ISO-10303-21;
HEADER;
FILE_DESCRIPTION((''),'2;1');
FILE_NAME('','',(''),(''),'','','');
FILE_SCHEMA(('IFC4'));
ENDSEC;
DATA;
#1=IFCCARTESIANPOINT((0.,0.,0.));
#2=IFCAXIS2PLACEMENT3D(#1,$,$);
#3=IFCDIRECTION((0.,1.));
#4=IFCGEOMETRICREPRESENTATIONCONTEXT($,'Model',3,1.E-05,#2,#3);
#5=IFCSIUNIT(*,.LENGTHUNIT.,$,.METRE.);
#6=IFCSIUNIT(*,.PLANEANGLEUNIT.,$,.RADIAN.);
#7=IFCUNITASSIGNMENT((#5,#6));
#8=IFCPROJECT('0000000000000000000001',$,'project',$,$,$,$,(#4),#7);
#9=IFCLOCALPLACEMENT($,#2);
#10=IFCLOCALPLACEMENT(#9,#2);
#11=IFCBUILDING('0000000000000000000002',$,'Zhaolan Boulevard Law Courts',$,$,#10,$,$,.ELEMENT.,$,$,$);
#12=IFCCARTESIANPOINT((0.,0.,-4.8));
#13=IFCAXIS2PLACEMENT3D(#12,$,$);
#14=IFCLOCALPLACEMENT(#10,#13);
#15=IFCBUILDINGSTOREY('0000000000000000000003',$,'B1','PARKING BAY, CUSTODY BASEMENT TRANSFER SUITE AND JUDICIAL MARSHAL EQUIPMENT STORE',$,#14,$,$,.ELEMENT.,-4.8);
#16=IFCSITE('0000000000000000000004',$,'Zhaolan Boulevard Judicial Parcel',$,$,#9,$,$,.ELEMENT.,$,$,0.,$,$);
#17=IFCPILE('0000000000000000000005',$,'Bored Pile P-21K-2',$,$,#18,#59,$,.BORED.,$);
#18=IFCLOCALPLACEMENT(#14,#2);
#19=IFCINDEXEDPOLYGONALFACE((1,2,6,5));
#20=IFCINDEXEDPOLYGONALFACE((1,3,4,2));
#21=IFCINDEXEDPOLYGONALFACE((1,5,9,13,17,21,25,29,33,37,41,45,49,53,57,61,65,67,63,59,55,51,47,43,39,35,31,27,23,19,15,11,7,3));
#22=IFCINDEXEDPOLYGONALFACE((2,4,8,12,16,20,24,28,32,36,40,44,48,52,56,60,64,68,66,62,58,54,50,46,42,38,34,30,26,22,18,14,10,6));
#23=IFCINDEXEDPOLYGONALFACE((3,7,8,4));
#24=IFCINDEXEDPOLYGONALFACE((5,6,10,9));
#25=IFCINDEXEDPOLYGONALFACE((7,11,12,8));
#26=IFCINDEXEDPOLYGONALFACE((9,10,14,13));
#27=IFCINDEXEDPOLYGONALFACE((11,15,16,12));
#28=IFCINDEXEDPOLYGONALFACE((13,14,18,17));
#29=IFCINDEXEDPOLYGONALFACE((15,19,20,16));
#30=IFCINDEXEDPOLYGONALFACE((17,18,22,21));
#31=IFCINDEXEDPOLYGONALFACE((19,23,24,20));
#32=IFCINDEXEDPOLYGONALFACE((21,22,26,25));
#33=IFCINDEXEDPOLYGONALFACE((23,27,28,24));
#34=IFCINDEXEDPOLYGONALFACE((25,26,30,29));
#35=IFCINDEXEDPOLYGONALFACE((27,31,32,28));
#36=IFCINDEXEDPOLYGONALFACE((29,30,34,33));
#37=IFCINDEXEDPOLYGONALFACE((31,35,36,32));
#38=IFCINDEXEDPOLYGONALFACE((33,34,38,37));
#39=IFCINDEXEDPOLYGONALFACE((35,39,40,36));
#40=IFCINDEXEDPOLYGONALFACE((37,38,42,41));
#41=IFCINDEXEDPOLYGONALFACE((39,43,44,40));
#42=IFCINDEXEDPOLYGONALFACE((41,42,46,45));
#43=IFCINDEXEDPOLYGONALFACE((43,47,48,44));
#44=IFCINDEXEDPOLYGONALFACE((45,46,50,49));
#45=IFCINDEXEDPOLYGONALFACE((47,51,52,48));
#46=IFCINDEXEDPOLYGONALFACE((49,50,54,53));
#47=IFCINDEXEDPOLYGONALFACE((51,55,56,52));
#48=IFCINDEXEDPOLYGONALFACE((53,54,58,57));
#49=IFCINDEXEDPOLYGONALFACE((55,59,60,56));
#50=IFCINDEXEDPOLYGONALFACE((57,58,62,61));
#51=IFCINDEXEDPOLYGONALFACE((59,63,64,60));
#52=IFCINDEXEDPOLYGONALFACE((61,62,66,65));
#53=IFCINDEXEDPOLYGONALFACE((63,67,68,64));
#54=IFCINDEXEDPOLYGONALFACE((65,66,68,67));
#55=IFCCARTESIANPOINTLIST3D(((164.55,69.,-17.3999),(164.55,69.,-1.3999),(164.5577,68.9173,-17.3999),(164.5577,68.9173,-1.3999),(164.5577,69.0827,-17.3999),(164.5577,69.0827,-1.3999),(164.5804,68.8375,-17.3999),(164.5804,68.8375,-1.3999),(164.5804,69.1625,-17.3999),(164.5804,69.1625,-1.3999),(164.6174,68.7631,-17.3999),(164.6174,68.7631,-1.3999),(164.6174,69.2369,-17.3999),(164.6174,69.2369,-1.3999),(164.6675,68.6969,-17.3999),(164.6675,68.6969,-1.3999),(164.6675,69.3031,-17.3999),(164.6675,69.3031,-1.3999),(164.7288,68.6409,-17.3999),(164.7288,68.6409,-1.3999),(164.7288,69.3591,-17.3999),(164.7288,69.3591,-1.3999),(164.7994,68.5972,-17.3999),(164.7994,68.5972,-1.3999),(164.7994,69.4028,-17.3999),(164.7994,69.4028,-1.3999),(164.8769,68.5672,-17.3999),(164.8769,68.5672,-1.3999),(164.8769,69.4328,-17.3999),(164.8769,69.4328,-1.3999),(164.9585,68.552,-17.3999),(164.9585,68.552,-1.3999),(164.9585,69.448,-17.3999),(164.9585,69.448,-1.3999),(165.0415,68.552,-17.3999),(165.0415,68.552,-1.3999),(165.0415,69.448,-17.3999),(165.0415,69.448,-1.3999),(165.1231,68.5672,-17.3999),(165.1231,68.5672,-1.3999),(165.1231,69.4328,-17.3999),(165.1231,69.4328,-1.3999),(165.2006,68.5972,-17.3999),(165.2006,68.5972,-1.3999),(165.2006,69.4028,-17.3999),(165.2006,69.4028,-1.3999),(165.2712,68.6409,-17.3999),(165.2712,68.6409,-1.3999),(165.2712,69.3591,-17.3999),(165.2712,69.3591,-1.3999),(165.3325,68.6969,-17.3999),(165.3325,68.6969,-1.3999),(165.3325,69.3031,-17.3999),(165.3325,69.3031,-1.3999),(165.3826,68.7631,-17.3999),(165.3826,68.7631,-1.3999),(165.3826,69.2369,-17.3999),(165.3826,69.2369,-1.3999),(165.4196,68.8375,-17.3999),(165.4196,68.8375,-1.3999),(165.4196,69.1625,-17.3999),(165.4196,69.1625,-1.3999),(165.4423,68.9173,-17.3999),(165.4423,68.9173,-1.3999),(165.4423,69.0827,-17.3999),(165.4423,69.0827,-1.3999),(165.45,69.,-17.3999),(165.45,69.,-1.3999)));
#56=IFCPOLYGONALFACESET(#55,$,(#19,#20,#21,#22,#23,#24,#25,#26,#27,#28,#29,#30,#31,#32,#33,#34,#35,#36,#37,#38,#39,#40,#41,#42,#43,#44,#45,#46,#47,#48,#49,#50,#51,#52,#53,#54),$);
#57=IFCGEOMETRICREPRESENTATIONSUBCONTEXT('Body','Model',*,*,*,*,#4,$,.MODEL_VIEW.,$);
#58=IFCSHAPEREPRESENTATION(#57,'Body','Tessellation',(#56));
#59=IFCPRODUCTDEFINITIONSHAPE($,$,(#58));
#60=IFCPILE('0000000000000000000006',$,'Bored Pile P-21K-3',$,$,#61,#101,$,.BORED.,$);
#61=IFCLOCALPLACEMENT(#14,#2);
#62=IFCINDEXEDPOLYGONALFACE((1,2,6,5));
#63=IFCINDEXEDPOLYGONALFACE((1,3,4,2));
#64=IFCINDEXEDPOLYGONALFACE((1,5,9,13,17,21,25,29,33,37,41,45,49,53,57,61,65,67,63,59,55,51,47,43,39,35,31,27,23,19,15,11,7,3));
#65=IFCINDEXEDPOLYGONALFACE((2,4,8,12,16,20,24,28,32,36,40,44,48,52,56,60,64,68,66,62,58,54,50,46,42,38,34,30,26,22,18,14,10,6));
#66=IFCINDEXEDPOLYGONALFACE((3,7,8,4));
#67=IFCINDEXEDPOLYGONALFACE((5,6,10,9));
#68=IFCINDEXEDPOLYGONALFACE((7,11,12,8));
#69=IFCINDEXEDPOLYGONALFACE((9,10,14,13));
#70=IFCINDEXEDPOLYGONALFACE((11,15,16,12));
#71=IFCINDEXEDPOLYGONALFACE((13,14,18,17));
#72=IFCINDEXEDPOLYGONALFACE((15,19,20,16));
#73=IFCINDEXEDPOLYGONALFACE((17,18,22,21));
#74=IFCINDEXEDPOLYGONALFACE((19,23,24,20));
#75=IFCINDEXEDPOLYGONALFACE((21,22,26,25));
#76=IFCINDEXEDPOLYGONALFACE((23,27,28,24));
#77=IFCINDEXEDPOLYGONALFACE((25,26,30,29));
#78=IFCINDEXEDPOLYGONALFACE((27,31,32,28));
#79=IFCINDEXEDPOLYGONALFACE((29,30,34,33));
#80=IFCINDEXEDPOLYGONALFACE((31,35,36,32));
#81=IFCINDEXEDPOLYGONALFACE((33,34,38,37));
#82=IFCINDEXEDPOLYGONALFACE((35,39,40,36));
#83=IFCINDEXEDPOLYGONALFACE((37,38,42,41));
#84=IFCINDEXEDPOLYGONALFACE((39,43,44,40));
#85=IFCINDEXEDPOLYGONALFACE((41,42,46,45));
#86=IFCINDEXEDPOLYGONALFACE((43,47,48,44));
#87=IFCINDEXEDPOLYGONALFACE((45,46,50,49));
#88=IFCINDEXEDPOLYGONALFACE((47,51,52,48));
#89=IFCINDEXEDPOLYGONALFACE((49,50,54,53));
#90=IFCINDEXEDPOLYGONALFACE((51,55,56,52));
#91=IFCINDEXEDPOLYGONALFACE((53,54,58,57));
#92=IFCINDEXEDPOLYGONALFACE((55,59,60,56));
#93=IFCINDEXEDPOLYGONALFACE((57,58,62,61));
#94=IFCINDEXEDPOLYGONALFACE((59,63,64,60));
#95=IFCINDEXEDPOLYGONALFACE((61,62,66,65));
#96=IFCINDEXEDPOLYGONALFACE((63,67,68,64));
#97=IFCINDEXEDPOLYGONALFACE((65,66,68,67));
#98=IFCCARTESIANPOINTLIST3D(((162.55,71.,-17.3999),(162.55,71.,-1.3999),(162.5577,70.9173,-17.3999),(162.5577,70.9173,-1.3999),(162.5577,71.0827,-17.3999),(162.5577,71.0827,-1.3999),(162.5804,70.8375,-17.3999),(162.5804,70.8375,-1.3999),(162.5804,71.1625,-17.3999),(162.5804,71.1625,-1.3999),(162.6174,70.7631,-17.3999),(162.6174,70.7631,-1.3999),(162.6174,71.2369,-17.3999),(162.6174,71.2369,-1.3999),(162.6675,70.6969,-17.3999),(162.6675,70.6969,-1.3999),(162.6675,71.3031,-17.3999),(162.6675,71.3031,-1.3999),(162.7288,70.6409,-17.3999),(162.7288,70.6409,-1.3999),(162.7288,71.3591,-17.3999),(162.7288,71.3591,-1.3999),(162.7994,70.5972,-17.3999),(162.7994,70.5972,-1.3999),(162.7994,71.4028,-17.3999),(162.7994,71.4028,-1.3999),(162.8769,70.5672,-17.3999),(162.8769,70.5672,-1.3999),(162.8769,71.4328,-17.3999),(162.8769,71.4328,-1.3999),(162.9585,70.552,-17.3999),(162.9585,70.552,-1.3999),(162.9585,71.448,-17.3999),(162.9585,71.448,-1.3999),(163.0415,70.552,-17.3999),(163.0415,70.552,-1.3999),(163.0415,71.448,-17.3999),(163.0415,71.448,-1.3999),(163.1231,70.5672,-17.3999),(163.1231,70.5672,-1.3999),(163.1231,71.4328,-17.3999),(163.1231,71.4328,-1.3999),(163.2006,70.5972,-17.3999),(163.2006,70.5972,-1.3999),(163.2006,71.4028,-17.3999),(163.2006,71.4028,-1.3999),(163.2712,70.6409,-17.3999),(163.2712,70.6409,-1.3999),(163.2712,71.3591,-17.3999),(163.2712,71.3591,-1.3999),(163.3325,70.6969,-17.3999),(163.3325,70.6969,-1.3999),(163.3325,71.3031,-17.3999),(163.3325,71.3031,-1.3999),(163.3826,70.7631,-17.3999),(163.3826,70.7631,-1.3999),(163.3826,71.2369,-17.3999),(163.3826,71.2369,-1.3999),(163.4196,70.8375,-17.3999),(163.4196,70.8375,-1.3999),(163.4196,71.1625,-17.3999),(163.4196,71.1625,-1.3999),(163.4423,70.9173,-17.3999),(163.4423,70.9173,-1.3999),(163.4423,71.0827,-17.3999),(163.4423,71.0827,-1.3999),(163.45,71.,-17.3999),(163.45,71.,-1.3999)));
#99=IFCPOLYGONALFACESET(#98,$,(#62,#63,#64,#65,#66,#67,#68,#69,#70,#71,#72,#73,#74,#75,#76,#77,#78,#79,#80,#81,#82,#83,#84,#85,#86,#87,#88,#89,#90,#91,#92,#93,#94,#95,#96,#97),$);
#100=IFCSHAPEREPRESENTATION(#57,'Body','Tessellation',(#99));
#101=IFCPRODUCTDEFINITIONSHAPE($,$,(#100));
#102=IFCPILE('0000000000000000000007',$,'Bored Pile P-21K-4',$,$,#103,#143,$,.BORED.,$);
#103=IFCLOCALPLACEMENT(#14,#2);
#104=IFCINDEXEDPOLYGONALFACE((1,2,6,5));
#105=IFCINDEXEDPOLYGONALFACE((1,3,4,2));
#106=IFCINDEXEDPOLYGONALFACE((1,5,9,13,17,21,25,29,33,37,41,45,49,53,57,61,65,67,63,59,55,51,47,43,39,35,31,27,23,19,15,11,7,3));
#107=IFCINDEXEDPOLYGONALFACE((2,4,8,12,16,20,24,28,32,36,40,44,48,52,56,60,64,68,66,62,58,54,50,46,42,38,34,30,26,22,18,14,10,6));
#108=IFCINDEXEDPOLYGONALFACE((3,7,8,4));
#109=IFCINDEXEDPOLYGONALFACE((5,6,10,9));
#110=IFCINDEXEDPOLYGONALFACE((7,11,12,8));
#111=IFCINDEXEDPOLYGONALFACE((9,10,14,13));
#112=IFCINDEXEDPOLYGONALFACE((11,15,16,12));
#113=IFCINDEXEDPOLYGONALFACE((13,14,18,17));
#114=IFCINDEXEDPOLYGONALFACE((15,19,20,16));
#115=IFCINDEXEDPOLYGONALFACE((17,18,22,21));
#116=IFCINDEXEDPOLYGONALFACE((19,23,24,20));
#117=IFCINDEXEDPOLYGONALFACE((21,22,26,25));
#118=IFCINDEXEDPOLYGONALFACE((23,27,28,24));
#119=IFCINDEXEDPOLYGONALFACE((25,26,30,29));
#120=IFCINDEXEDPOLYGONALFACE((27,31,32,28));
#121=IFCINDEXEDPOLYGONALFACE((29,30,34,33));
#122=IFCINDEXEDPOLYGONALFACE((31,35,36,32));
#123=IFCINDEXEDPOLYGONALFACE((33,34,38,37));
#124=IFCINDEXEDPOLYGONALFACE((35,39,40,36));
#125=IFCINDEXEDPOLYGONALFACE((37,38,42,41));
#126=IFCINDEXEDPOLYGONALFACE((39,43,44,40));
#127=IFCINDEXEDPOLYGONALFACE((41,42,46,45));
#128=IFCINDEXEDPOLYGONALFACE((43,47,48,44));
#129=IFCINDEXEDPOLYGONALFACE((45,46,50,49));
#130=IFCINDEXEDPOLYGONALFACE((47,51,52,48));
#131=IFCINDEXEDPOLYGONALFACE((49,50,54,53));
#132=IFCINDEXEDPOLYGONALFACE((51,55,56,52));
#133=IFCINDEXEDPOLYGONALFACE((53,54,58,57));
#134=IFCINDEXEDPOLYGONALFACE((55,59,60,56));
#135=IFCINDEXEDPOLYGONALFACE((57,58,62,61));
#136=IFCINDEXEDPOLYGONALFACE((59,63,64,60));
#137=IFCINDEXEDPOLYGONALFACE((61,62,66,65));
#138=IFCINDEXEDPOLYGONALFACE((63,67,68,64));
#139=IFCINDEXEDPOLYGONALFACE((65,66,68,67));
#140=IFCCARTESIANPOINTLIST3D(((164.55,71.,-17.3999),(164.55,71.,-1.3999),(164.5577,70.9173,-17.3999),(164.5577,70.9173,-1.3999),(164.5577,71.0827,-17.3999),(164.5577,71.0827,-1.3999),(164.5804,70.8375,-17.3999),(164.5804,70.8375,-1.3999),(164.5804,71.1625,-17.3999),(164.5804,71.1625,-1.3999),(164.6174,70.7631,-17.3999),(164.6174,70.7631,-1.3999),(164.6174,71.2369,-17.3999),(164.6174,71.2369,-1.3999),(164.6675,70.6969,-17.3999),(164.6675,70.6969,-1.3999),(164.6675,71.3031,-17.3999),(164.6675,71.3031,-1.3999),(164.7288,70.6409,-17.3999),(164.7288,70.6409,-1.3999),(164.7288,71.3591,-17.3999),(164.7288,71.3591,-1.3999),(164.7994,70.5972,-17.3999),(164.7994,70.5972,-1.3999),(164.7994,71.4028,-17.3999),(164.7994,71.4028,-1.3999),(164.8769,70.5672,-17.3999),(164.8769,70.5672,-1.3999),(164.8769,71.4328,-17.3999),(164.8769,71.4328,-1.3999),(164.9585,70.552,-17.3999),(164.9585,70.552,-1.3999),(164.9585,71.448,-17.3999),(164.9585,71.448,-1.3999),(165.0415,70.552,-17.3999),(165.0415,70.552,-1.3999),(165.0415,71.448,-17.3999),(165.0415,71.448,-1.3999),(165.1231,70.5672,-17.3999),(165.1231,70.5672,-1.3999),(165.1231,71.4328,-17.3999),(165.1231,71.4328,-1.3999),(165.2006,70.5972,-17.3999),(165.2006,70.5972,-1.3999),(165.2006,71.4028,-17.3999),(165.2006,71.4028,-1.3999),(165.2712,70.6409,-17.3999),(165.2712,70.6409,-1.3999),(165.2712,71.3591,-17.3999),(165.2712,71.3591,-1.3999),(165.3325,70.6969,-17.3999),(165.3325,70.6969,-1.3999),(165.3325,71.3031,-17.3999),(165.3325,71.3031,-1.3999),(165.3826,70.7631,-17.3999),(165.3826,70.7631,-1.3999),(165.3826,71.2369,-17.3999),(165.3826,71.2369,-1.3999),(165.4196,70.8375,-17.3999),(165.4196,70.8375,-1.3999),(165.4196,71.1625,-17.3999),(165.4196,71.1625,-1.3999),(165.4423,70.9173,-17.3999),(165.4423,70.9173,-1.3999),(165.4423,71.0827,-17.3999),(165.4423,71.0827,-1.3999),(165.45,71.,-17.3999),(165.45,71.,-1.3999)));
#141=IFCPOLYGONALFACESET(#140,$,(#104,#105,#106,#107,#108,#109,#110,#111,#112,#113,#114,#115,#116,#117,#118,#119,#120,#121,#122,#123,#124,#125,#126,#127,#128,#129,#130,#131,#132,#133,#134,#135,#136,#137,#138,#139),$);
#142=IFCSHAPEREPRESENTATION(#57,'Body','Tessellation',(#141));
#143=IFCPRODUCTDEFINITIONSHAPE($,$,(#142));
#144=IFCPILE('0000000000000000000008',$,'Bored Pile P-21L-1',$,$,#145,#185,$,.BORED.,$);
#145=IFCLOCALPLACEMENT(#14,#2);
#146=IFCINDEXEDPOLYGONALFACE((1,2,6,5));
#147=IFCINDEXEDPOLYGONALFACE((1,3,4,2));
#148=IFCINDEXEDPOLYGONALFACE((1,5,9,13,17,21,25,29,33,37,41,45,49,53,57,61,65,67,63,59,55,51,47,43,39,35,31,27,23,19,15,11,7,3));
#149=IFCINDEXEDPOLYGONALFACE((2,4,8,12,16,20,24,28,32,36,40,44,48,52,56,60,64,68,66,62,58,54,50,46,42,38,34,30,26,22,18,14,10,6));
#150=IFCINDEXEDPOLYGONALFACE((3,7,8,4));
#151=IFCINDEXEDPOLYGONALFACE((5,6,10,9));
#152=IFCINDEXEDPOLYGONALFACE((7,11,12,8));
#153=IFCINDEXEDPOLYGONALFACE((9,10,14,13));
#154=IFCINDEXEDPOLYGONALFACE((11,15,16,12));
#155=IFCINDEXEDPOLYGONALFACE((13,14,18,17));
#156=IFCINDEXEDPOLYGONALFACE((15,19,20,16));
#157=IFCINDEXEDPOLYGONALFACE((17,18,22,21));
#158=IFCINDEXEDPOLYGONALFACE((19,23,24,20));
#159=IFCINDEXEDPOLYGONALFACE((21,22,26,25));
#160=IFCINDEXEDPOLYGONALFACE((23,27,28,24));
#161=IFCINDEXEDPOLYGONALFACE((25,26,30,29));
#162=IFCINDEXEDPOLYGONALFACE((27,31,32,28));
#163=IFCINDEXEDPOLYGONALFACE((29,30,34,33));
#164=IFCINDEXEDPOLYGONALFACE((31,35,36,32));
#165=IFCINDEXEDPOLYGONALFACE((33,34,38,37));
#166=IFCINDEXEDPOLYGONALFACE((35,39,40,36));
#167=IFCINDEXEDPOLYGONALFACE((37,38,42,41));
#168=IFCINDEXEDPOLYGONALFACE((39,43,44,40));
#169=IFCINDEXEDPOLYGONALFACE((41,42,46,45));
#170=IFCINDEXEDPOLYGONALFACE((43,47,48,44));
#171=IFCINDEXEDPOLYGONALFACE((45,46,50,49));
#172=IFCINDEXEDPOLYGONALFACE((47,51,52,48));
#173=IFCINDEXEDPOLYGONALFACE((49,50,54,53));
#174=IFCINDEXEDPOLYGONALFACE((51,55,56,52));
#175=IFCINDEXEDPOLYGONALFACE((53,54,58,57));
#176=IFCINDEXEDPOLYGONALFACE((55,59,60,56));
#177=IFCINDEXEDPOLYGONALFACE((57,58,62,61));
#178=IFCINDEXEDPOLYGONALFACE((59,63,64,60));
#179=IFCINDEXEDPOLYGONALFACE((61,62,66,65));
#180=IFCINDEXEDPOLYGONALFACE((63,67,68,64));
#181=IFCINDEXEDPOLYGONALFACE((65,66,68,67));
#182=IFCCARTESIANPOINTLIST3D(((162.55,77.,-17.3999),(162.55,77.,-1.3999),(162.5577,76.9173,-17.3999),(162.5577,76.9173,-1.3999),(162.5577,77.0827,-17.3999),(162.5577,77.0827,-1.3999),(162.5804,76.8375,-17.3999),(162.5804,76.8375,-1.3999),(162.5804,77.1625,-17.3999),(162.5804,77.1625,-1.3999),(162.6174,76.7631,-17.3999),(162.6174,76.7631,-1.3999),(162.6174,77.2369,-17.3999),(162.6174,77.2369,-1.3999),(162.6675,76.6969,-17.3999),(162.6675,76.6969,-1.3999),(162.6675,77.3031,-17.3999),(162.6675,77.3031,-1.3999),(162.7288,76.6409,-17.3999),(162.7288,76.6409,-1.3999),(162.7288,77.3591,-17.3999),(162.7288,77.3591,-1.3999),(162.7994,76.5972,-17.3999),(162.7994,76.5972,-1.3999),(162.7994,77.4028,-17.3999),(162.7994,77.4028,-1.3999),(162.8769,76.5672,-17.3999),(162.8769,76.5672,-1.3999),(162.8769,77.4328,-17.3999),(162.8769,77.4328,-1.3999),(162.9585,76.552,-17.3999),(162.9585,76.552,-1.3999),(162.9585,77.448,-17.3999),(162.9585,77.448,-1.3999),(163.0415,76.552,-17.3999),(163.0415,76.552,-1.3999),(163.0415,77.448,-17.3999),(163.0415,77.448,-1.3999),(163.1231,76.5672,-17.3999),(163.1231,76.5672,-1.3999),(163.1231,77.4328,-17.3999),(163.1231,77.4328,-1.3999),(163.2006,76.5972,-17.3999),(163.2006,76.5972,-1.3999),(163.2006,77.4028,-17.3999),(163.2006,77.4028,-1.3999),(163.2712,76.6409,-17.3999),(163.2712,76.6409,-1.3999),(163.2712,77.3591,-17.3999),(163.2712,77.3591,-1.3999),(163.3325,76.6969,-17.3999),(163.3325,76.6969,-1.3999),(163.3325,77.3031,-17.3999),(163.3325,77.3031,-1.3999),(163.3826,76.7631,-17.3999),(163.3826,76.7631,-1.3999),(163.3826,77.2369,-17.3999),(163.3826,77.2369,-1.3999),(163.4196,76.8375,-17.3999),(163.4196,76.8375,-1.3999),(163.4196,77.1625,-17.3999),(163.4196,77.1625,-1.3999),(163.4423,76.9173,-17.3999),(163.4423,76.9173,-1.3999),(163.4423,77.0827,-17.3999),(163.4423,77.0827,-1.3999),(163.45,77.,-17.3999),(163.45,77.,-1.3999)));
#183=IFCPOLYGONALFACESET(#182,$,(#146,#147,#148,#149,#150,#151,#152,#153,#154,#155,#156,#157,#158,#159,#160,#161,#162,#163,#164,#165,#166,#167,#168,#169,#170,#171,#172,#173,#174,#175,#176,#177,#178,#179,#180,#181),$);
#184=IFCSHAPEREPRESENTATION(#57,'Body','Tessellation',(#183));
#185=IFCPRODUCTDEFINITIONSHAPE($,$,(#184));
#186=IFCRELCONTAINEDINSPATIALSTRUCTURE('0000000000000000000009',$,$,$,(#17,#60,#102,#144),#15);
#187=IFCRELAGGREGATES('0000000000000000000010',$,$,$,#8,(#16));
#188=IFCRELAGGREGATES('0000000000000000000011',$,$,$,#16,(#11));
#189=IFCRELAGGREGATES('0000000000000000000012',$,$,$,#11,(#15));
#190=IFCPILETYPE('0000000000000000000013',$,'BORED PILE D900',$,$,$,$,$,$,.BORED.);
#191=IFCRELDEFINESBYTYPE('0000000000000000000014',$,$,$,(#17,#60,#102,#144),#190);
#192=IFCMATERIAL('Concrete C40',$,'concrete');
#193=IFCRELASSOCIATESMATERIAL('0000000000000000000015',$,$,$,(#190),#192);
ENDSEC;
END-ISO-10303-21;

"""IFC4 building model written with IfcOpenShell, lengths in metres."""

from ifc_helpers import new_model, si_unit, direction, frame, origin, origin_2d, place, context, subcontext, project, spatial, circle, extrude, material, material_profile, profile_set, type_object, element, save


model = new_model("IFC4")

# Units and contexts
model_context = context("Model", 3, precision=1e-05, world=origin(), true_north=direction((0.0, 1.0)))
body_context = subcontext(model_context, "Body", "Model", "MODEL_VIEW")
ifc_project = project(units=[si_unit("LENGTHUNIT", "METRE"), si_unit("PLANEANGLEUNIT", "RADIAN")], contexts=[model_context])

# Site, building, storey
site_placement = place(None, origin())
site = spatial("IfcSite", under=ifc_project, at=site_placement, Name="Zhaolan Boulevard Judicial Parcel", CompositionType="ELEMENT", RefElevation=0.0)
building_placement = place(site_placement, origin())
building = spatial("IfcBuilding", under=site, at=building_placement, Name="Zhaolan Boulevard Law Courts", CompositionType="ELEMENT")
storey_placement = place(building_placement, frame((0.0, 0.0, -4.8)))
storey = spatial("IfcBuildingStorey", under=building, at=storey_placement, Name="B1", Description="PARKING BAY, CUSTODY BASEMENT TRANSFER SUITE AND JUDICIAL MARSHAL EQUIPMENT STORE", CompositionType="ELEMENT", Elevation=-4.8)

# Piles
ifc_material_1 = material(Name="Concrete C40", Category="concrete")
ifc_material_profile_1 = material_profile(ifc_material_1, circle(Radius=0.45, at=origin_2d()), Name="PILE-D900")
ifc_profile_set_1 = profile_set([ifc_material_profile_1], Name="Concrete C40")
pile_type = type_object("IfcPileType", Name="BORED PILE D900", PredefinedType="BORED", material=ifc_profile_set_1)
for number, where, z_axis, x_axis, name in (
    (1, (165.0, 69.0, -1.3999), (0.0, 0.0, -1.0), (1.0, 0.0, 0.0), "Bored Pile P-21K-2"),
    (2, (163.0, 71.0, -1.3999), (0.0, 0.0, -1.0), (1.0, 0.0, 0.0), "Bored Pile P-21K-3"),
    (3, (165.0, 71.0, -1.3999), (0.0, 0.0, -1.0), (1.0, 0.0, 0.0), "Bored Pile P-21K-4"),
    (4, (163.0, 77.0, -1.3999), (0.0, 0.0, -1.0), (1.0, 0.0, 0.0), "Bored Pile P-21L-1"),
):
    element("IfcPile", number, at=place(storey_placement, frame(where, z_axis=z_axis, x_axis=x_axis)), inside=storey, type_object=pile_type, Name=name, PredefinedType="BORED", context=body_context, shape_type="SweptSolid", body=[
        extrude(circle(Radius=0.45, at=origin_2d()), origin(), (0.0, 0.0, 1.0), 16.0),
    ])

save(model, "model.ifc")
